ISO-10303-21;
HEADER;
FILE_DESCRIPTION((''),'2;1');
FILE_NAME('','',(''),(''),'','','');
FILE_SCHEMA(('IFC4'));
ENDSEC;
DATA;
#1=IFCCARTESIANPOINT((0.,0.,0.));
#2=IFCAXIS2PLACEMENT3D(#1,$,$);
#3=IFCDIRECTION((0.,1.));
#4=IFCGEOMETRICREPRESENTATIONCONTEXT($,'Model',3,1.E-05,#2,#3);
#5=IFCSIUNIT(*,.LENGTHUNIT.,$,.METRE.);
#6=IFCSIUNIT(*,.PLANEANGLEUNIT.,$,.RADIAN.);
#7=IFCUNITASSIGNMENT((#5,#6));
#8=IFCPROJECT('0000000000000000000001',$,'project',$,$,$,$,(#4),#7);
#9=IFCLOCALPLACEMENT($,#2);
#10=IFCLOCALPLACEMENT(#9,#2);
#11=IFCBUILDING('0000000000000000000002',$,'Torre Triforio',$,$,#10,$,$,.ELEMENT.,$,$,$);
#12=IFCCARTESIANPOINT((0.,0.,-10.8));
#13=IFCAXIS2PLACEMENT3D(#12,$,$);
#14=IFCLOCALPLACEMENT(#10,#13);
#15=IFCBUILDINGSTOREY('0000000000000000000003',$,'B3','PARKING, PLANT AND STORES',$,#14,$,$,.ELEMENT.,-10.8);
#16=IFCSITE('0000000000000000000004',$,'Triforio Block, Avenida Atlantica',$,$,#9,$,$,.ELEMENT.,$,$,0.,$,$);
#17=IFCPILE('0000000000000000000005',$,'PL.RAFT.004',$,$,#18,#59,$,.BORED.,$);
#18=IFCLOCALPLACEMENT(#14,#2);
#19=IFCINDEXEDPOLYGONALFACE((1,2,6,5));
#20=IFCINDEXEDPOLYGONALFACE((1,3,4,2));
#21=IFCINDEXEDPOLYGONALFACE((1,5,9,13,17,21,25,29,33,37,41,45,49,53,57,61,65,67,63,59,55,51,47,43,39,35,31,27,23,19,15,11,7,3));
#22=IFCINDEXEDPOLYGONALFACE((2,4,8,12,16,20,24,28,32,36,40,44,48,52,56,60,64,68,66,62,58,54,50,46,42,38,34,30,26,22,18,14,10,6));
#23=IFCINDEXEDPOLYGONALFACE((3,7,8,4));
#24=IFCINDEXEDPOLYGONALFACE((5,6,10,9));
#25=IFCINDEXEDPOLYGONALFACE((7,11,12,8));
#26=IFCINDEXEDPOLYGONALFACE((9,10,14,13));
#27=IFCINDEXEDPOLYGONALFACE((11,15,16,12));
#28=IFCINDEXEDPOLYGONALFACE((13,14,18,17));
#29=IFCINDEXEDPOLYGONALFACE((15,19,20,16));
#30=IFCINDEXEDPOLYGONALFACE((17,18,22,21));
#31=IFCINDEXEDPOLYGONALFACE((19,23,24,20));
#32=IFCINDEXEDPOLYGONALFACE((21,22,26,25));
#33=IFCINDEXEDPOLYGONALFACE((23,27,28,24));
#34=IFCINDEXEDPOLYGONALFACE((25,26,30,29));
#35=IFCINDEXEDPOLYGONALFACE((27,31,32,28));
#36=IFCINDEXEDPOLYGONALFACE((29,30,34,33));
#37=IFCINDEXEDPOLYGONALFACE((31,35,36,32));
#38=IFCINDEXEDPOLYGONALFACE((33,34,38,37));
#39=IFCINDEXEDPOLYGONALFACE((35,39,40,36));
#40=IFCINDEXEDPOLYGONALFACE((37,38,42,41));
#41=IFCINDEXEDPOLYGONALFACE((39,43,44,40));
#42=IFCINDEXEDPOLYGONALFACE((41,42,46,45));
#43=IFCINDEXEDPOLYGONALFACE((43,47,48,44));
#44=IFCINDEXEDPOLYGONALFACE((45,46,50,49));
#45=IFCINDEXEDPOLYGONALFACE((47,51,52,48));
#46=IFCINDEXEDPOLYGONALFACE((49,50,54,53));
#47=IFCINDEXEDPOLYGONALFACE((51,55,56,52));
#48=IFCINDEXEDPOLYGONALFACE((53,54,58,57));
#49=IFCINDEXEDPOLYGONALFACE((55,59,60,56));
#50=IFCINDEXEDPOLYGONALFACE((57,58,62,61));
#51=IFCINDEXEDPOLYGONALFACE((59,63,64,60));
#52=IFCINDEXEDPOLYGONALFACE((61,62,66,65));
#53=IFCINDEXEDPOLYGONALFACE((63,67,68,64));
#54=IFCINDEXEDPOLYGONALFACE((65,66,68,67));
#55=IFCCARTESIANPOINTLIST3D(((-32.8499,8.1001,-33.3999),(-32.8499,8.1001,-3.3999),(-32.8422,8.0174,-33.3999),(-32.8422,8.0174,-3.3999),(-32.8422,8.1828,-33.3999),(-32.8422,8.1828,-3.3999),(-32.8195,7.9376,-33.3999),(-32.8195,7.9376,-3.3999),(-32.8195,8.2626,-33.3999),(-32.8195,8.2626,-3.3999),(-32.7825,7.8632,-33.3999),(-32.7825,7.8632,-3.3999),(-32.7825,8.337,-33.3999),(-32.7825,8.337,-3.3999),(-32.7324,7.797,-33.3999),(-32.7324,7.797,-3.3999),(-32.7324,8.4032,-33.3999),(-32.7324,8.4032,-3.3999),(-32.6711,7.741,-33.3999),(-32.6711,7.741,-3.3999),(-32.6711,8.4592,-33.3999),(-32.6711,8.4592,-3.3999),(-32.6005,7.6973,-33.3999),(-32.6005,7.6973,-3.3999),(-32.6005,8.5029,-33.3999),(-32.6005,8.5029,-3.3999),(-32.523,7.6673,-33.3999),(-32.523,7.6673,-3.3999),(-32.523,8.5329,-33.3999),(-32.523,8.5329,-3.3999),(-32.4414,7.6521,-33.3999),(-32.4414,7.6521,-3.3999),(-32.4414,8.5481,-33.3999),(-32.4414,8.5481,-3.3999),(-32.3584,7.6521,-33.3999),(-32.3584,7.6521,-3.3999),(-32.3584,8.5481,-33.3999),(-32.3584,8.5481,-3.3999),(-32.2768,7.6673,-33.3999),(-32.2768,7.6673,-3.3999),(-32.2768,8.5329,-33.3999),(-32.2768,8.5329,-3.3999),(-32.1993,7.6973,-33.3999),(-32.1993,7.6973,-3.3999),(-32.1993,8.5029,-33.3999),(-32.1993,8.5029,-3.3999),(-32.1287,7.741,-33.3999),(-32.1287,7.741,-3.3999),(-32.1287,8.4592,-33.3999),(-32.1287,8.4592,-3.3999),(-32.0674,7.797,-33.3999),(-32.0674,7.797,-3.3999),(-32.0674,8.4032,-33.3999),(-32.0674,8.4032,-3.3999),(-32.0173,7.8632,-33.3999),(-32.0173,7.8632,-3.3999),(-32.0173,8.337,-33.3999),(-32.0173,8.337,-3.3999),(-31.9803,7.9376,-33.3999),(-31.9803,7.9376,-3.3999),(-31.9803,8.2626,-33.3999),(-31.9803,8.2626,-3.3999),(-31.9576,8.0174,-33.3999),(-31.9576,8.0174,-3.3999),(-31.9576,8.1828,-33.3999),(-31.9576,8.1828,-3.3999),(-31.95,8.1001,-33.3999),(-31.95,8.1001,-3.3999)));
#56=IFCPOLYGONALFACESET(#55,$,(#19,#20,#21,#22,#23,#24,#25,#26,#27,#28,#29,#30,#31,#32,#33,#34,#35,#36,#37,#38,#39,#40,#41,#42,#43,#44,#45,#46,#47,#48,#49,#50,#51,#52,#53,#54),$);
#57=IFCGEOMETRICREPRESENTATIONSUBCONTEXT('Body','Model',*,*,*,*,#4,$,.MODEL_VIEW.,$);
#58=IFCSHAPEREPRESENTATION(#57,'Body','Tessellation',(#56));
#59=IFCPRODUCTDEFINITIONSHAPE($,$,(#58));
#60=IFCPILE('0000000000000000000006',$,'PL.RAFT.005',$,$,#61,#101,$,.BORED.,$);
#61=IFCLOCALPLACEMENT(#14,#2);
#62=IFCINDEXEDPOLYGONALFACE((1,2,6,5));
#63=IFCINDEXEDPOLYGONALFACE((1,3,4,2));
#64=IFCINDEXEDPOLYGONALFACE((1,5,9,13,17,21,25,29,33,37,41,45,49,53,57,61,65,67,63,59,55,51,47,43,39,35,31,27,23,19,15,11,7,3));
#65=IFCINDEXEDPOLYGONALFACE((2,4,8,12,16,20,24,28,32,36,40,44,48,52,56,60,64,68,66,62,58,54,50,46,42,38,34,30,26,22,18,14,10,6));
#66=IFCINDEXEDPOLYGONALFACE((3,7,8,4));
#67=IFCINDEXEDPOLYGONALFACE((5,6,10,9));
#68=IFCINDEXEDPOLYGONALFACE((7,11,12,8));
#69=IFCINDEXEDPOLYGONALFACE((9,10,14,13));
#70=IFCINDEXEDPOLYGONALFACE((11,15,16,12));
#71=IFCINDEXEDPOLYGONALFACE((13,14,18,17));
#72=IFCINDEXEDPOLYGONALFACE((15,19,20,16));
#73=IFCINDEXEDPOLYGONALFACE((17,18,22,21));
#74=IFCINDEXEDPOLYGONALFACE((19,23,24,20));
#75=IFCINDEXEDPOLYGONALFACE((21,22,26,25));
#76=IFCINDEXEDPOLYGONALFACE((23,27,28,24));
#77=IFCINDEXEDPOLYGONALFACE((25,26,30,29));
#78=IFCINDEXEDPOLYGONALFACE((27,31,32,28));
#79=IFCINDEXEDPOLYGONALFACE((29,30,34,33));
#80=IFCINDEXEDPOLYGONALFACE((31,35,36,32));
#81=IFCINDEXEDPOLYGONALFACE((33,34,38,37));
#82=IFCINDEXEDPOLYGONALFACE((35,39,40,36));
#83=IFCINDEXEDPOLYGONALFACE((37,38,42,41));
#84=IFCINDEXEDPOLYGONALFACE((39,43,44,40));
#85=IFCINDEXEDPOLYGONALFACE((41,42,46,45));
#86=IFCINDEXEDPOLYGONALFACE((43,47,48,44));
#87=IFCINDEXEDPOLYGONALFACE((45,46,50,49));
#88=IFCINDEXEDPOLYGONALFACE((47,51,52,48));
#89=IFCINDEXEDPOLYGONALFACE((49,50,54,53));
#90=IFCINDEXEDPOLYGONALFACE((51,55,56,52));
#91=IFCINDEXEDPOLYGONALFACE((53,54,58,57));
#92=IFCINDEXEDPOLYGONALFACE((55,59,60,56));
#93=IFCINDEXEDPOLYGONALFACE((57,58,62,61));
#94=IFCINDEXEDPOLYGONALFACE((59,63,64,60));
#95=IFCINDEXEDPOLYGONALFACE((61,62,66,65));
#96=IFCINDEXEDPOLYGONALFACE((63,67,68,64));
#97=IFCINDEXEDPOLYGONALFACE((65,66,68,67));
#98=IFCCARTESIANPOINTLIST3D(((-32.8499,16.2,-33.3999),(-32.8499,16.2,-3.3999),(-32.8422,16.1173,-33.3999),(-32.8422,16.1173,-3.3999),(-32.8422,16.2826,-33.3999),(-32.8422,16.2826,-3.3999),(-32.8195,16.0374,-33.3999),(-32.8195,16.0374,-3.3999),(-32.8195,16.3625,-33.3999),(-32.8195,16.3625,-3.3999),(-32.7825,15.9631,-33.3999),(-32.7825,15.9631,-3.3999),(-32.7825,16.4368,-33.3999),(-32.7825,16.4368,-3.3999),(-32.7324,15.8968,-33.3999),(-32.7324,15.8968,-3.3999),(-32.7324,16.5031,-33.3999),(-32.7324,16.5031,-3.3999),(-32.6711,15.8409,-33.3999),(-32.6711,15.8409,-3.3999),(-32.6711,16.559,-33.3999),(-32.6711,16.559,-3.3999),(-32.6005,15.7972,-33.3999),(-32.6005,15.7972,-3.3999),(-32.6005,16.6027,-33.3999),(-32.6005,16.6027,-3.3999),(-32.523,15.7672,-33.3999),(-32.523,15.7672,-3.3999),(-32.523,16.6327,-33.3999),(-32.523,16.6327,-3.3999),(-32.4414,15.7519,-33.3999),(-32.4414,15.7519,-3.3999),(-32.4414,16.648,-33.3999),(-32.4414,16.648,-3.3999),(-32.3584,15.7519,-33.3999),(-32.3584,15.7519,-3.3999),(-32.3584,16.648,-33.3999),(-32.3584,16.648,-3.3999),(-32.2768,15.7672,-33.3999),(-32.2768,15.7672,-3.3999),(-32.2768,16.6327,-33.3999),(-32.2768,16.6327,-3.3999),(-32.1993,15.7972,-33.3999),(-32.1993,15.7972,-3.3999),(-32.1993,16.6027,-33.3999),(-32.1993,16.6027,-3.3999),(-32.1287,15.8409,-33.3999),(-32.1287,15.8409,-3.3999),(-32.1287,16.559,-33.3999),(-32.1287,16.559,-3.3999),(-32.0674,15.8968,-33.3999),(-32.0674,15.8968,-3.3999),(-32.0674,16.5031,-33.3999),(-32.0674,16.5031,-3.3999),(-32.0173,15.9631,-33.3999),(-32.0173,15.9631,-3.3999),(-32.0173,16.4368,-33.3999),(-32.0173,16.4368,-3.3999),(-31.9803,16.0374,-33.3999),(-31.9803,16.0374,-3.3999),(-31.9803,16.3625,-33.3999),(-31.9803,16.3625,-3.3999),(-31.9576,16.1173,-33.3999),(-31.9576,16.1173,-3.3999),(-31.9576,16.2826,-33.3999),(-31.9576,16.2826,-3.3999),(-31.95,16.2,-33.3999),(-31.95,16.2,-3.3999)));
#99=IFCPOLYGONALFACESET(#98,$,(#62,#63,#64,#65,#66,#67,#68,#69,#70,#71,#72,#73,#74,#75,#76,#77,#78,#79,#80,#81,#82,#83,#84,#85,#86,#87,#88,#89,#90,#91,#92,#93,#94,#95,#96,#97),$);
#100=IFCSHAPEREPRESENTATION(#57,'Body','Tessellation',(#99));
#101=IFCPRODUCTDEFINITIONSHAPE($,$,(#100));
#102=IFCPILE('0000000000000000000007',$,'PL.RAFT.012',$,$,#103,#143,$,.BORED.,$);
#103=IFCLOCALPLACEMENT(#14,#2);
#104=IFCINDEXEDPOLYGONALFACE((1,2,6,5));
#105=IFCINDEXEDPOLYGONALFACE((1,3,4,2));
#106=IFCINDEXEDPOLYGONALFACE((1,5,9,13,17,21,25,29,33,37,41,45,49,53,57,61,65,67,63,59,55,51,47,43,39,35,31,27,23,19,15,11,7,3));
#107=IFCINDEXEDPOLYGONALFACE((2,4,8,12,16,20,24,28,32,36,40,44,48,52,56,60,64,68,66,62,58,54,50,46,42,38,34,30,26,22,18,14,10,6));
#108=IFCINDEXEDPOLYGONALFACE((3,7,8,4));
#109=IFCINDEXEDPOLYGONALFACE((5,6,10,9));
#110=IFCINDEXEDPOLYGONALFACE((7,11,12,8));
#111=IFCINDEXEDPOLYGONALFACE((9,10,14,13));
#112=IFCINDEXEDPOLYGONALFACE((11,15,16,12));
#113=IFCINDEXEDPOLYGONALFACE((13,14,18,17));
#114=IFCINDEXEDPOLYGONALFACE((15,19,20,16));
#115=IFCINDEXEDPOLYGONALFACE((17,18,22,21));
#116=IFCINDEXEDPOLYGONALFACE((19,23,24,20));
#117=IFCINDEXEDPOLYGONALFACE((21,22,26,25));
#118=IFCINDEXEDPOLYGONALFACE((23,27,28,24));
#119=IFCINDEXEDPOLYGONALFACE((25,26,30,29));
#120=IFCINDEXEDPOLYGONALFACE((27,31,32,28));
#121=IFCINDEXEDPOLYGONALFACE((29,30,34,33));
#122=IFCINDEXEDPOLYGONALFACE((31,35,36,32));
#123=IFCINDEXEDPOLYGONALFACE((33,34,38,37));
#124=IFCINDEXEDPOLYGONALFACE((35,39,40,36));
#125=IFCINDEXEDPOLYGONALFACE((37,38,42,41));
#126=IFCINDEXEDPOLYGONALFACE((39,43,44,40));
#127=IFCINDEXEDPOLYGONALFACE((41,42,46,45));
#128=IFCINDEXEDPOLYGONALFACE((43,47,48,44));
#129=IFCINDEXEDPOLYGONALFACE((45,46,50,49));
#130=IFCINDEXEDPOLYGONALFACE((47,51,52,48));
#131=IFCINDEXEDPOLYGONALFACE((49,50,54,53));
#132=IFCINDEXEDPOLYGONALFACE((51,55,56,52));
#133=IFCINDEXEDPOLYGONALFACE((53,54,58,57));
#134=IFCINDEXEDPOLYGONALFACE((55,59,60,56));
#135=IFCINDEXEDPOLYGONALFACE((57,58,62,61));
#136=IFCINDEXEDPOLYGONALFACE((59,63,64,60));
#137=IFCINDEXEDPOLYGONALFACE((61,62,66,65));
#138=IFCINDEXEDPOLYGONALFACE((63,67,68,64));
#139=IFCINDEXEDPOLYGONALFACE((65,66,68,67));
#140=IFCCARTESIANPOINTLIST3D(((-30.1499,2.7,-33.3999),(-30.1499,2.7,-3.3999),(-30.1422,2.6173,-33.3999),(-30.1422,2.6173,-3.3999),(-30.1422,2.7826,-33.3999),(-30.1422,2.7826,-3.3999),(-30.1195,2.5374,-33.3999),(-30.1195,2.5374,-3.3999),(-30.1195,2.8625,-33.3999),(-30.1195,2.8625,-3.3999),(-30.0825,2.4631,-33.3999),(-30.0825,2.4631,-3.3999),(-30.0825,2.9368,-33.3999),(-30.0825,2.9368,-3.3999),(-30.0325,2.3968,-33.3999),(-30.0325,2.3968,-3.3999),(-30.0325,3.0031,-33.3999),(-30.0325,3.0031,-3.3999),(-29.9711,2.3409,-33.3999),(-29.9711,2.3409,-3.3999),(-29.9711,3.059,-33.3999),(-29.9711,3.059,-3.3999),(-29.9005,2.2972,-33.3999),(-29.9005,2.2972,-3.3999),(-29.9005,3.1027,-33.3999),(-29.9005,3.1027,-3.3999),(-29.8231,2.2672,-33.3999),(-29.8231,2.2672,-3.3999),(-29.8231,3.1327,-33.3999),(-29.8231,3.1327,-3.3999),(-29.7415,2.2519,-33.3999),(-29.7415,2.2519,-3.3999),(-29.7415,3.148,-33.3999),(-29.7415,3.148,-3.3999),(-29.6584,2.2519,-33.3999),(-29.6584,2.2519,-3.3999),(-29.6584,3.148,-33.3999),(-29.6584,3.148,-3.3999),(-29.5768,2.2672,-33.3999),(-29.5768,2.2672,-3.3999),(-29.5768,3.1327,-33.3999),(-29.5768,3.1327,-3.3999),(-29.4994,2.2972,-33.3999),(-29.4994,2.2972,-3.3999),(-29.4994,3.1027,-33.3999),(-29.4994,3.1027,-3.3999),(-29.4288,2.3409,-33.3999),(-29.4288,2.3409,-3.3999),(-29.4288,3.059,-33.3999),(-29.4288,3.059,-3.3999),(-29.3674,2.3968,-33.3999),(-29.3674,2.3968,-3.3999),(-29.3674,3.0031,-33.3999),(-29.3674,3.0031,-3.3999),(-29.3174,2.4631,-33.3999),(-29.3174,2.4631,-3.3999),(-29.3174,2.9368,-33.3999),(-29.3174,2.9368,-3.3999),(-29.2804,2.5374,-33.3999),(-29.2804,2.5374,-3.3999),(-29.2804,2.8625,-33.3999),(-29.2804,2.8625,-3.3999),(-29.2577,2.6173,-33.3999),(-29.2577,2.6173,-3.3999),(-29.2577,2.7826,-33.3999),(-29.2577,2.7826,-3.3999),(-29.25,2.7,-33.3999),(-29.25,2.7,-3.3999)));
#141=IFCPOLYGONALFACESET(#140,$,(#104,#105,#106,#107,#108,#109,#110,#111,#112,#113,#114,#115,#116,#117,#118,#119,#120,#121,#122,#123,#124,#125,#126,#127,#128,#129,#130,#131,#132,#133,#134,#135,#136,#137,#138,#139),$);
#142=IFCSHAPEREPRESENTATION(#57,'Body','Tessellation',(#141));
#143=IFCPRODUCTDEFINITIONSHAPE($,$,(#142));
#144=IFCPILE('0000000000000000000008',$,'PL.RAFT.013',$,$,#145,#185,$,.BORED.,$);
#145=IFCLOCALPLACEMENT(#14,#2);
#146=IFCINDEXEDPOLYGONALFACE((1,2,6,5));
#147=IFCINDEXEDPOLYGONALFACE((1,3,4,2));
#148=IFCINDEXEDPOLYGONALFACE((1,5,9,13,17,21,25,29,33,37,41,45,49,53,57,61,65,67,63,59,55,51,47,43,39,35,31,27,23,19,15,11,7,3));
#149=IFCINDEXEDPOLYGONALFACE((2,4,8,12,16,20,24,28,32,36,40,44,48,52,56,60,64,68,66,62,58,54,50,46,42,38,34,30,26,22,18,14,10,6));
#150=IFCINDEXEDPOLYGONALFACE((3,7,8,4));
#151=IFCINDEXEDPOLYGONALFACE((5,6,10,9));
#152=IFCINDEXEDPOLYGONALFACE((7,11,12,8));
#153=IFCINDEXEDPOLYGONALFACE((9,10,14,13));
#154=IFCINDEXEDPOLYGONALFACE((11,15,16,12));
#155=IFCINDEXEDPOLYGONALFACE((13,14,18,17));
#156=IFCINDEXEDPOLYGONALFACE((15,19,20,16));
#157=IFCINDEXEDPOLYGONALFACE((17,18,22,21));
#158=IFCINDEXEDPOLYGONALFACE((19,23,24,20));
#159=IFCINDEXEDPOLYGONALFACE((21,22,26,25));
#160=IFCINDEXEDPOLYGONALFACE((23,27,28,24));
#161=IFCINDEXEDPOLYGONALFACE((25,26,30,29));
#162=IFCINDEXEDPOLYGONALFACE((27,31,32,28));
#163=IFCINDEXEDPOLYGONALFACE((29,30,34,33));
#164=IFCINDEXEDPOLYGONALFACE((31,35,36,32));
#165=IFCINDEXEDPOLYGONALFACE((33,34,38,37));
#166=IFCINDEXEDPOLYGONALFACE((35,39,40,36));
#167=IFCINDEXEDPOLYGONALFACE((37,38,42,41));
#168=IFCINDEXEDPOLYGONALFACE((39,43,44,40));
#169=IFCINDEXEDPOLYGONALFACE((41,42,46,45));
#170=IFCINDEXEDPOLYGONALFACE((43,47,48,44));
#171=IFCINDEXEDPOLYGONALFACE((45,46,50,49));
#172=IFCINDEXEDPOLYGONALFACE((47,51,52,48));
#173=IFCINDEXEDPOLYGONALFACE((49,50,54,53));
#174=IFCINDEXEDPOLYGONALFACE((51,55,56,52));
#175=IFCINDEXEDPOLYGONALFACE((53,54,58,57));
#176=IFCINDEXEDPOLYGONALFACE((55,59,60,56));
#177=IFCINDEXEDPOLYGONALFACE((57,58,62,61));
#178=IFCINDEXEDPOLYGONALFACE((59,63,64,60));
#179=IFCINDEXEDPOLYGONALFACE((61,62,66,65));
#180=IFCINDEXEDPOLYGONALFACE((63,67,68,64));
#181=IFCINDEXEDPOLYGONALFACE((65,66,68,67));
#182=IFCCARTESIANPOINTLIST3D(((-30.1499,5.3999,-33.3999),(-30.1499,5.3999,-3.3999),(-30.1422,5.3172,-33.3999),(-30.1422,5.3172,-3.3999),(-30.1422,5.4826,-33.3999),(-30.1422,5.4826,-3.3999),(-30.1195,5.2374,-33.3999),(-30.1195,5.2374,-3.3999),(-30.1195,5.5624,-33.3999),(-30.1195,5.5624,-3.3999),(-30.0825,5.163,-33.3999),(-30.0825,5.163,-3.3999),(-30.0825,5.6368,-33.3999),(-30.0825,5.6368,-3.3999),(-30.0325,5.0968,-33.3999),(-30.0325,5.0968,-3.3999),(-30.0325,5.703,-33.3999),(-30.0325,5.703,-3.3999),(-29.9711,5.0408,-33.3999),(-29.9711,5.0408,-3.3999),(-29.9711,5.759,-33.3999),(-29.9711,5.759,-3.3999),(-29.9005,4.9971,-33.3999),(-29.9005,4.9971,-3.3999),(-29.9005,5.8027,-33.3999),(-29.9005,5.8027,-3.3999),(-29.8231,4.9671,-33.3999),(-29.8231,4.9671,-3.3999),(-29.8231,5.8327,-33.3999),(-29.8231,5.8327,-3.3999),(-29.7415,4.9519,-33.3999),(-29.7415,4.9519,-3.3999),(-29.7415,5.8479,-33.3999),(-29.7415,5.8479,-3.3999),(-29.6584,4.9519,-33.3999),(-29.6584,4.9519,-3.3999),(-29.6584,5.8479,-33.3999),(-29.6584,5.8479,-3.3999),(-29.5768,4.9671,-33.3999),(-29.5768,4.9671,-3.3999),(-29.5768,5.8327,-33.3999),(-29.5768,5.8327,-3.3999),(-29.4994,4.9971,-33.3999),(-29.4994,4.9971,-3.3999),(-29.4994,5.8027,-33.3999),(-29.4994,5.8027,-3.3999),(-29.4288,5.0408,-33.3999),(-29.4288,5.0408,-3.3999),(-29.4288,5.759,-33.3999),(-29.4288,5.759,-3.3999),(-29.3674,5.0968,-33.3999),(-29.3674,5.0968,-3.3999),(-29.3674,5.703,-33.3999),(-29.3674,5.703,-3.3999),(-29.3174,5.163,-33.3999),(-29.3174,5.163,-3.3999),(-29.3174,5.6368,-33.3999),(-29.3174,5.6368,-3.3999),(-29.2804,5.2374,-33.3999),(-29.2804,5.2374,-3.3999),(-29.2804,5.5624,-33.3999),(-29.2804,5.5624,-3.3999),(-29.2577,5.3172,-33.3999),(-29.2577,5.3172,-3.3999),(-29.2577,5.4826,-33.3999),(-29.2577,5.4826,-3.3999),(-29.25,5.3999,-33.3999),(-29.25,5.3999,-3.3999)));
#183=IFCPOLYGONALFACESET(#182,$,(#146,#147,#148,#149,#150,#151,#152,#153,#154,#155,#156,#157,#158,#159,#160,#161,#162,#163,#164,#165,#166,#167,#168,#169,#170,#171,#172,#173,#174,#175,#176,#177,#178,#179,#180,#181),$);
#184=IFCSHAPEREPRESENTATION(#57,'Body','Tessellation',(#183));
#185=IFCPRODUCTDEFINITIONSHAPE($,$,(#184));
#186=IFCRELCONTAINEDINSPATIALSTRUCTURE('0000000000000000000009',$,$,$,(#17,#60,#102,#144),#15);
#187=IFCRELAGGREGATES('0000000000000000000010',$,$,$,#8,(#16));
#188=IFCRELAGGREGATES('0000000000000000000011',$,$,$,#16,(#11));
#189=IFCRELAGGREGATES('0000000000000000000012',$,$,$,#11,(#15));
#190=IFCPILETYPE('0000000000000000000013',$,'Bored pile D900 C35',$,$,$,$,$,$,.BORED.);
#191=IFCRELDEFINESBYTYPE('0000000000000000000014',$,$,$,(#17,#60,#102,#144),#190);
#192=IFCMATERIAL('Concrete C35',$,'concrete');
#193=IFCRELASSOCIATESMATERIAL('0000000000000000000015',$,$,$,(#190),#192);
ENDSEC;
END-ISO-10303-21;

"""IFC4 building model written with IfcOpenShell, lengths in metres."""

from ifc_helpers import new_model, si_unit, direction, frame, origin, origin_2d, place, context, subcontext, project, spatial, circle, extrude, material, material_profile, profile_set, type_object, element, save


model = new_model("IFC4")

# Units and contexts
model_context = context("Model", 3, precision=1e-05, world=origin(), true_north=direction((0.0, 1.0)))
body_context = subcontext(model_context, "Body", "Model", "MODEL_VIEW")
ifc_project = project(units=[si_unit("LENGTHUNIT", "METRE"), si_unit("PLANEANGLEUNIT", "RADIAN")], contexts=[model_context])

# Site, building, storey
site_placement = place(None, origin())
site = spatial("IfcSite", under=ifc_project, at=site_placement, Name="Triforio Block, Avenida Atlantica", CompositionType="ELEMENT", RefElevation=0.0)
building_placement = place(site_placement, origin())
building = spatial("IfcBuilding", under=site, at=building_placement, Name="Torre Triforio", CompositionType="ELEMENT")
storey_placement = place(building_placement, frame((0.0, 0.0, -10.8)))
storey = spatial("IfcBuildingStorey", under=building, at=storey_placement, Name="B3", Description="PARKING, PLANT AND STORES", CompositionType="ELEMENT", Elevation=-10.8)

# Piles
ifc_material_1 = material(Name="Concrete C35", Category="concrete")
ifc_material_profile_1 = material_profile(ifc_material_1, circle(Radius=0.45, at=origin_2d()), Name="RC D900")
ifc_profile_set_1 = profile_set([ifc_material_profile_1], Name="Concrete C35")
pile_type = type_object("IfcPileType", Name="Bored pile D900 C35", PredefinedType="BORED", material=ifc_profile_set_1)
for number, where, z_axis, x_axis, name in (
    (1, (-32.3999, 8.1001, -3.3999), (0.0, 0.0, -1.0), (1.0, 0.0, 0.0), "PL.RAFT.004"),
    (2, (-32.3999, 16.2, -3.3999), (0.0, 0.0, -1.0), (1.0, 0.0, 0.0), "PL.RAFT.005"),
    (3, (-29.7, 2.7, -3.3999), (0.0, 0.0, -1.0), (1.0, 0.0, 0.0), "PL.RAFT.012"),
    (4, (-29.7, 5.3999, -3.3999), (0.0, 0.0, -1.0), (1.0, 0.0, 0.0), "PL.RAFT.013"),
):
    element("IfcPile", number, at=place(storey_placement, frame(where, z_axis=z_axis, x_axis=x_axis)), inside=storey, type_object=pile_type, Name=name, PredefinedType="BORED", context=body_context, shape_type="SweptSolid", body=[
        extrude(circle(Radius=0.45, at=origin_2d()), origin(), (0.0, 0.0, 1.0), 30.0),
    ])

save(model, "model.ifc")
